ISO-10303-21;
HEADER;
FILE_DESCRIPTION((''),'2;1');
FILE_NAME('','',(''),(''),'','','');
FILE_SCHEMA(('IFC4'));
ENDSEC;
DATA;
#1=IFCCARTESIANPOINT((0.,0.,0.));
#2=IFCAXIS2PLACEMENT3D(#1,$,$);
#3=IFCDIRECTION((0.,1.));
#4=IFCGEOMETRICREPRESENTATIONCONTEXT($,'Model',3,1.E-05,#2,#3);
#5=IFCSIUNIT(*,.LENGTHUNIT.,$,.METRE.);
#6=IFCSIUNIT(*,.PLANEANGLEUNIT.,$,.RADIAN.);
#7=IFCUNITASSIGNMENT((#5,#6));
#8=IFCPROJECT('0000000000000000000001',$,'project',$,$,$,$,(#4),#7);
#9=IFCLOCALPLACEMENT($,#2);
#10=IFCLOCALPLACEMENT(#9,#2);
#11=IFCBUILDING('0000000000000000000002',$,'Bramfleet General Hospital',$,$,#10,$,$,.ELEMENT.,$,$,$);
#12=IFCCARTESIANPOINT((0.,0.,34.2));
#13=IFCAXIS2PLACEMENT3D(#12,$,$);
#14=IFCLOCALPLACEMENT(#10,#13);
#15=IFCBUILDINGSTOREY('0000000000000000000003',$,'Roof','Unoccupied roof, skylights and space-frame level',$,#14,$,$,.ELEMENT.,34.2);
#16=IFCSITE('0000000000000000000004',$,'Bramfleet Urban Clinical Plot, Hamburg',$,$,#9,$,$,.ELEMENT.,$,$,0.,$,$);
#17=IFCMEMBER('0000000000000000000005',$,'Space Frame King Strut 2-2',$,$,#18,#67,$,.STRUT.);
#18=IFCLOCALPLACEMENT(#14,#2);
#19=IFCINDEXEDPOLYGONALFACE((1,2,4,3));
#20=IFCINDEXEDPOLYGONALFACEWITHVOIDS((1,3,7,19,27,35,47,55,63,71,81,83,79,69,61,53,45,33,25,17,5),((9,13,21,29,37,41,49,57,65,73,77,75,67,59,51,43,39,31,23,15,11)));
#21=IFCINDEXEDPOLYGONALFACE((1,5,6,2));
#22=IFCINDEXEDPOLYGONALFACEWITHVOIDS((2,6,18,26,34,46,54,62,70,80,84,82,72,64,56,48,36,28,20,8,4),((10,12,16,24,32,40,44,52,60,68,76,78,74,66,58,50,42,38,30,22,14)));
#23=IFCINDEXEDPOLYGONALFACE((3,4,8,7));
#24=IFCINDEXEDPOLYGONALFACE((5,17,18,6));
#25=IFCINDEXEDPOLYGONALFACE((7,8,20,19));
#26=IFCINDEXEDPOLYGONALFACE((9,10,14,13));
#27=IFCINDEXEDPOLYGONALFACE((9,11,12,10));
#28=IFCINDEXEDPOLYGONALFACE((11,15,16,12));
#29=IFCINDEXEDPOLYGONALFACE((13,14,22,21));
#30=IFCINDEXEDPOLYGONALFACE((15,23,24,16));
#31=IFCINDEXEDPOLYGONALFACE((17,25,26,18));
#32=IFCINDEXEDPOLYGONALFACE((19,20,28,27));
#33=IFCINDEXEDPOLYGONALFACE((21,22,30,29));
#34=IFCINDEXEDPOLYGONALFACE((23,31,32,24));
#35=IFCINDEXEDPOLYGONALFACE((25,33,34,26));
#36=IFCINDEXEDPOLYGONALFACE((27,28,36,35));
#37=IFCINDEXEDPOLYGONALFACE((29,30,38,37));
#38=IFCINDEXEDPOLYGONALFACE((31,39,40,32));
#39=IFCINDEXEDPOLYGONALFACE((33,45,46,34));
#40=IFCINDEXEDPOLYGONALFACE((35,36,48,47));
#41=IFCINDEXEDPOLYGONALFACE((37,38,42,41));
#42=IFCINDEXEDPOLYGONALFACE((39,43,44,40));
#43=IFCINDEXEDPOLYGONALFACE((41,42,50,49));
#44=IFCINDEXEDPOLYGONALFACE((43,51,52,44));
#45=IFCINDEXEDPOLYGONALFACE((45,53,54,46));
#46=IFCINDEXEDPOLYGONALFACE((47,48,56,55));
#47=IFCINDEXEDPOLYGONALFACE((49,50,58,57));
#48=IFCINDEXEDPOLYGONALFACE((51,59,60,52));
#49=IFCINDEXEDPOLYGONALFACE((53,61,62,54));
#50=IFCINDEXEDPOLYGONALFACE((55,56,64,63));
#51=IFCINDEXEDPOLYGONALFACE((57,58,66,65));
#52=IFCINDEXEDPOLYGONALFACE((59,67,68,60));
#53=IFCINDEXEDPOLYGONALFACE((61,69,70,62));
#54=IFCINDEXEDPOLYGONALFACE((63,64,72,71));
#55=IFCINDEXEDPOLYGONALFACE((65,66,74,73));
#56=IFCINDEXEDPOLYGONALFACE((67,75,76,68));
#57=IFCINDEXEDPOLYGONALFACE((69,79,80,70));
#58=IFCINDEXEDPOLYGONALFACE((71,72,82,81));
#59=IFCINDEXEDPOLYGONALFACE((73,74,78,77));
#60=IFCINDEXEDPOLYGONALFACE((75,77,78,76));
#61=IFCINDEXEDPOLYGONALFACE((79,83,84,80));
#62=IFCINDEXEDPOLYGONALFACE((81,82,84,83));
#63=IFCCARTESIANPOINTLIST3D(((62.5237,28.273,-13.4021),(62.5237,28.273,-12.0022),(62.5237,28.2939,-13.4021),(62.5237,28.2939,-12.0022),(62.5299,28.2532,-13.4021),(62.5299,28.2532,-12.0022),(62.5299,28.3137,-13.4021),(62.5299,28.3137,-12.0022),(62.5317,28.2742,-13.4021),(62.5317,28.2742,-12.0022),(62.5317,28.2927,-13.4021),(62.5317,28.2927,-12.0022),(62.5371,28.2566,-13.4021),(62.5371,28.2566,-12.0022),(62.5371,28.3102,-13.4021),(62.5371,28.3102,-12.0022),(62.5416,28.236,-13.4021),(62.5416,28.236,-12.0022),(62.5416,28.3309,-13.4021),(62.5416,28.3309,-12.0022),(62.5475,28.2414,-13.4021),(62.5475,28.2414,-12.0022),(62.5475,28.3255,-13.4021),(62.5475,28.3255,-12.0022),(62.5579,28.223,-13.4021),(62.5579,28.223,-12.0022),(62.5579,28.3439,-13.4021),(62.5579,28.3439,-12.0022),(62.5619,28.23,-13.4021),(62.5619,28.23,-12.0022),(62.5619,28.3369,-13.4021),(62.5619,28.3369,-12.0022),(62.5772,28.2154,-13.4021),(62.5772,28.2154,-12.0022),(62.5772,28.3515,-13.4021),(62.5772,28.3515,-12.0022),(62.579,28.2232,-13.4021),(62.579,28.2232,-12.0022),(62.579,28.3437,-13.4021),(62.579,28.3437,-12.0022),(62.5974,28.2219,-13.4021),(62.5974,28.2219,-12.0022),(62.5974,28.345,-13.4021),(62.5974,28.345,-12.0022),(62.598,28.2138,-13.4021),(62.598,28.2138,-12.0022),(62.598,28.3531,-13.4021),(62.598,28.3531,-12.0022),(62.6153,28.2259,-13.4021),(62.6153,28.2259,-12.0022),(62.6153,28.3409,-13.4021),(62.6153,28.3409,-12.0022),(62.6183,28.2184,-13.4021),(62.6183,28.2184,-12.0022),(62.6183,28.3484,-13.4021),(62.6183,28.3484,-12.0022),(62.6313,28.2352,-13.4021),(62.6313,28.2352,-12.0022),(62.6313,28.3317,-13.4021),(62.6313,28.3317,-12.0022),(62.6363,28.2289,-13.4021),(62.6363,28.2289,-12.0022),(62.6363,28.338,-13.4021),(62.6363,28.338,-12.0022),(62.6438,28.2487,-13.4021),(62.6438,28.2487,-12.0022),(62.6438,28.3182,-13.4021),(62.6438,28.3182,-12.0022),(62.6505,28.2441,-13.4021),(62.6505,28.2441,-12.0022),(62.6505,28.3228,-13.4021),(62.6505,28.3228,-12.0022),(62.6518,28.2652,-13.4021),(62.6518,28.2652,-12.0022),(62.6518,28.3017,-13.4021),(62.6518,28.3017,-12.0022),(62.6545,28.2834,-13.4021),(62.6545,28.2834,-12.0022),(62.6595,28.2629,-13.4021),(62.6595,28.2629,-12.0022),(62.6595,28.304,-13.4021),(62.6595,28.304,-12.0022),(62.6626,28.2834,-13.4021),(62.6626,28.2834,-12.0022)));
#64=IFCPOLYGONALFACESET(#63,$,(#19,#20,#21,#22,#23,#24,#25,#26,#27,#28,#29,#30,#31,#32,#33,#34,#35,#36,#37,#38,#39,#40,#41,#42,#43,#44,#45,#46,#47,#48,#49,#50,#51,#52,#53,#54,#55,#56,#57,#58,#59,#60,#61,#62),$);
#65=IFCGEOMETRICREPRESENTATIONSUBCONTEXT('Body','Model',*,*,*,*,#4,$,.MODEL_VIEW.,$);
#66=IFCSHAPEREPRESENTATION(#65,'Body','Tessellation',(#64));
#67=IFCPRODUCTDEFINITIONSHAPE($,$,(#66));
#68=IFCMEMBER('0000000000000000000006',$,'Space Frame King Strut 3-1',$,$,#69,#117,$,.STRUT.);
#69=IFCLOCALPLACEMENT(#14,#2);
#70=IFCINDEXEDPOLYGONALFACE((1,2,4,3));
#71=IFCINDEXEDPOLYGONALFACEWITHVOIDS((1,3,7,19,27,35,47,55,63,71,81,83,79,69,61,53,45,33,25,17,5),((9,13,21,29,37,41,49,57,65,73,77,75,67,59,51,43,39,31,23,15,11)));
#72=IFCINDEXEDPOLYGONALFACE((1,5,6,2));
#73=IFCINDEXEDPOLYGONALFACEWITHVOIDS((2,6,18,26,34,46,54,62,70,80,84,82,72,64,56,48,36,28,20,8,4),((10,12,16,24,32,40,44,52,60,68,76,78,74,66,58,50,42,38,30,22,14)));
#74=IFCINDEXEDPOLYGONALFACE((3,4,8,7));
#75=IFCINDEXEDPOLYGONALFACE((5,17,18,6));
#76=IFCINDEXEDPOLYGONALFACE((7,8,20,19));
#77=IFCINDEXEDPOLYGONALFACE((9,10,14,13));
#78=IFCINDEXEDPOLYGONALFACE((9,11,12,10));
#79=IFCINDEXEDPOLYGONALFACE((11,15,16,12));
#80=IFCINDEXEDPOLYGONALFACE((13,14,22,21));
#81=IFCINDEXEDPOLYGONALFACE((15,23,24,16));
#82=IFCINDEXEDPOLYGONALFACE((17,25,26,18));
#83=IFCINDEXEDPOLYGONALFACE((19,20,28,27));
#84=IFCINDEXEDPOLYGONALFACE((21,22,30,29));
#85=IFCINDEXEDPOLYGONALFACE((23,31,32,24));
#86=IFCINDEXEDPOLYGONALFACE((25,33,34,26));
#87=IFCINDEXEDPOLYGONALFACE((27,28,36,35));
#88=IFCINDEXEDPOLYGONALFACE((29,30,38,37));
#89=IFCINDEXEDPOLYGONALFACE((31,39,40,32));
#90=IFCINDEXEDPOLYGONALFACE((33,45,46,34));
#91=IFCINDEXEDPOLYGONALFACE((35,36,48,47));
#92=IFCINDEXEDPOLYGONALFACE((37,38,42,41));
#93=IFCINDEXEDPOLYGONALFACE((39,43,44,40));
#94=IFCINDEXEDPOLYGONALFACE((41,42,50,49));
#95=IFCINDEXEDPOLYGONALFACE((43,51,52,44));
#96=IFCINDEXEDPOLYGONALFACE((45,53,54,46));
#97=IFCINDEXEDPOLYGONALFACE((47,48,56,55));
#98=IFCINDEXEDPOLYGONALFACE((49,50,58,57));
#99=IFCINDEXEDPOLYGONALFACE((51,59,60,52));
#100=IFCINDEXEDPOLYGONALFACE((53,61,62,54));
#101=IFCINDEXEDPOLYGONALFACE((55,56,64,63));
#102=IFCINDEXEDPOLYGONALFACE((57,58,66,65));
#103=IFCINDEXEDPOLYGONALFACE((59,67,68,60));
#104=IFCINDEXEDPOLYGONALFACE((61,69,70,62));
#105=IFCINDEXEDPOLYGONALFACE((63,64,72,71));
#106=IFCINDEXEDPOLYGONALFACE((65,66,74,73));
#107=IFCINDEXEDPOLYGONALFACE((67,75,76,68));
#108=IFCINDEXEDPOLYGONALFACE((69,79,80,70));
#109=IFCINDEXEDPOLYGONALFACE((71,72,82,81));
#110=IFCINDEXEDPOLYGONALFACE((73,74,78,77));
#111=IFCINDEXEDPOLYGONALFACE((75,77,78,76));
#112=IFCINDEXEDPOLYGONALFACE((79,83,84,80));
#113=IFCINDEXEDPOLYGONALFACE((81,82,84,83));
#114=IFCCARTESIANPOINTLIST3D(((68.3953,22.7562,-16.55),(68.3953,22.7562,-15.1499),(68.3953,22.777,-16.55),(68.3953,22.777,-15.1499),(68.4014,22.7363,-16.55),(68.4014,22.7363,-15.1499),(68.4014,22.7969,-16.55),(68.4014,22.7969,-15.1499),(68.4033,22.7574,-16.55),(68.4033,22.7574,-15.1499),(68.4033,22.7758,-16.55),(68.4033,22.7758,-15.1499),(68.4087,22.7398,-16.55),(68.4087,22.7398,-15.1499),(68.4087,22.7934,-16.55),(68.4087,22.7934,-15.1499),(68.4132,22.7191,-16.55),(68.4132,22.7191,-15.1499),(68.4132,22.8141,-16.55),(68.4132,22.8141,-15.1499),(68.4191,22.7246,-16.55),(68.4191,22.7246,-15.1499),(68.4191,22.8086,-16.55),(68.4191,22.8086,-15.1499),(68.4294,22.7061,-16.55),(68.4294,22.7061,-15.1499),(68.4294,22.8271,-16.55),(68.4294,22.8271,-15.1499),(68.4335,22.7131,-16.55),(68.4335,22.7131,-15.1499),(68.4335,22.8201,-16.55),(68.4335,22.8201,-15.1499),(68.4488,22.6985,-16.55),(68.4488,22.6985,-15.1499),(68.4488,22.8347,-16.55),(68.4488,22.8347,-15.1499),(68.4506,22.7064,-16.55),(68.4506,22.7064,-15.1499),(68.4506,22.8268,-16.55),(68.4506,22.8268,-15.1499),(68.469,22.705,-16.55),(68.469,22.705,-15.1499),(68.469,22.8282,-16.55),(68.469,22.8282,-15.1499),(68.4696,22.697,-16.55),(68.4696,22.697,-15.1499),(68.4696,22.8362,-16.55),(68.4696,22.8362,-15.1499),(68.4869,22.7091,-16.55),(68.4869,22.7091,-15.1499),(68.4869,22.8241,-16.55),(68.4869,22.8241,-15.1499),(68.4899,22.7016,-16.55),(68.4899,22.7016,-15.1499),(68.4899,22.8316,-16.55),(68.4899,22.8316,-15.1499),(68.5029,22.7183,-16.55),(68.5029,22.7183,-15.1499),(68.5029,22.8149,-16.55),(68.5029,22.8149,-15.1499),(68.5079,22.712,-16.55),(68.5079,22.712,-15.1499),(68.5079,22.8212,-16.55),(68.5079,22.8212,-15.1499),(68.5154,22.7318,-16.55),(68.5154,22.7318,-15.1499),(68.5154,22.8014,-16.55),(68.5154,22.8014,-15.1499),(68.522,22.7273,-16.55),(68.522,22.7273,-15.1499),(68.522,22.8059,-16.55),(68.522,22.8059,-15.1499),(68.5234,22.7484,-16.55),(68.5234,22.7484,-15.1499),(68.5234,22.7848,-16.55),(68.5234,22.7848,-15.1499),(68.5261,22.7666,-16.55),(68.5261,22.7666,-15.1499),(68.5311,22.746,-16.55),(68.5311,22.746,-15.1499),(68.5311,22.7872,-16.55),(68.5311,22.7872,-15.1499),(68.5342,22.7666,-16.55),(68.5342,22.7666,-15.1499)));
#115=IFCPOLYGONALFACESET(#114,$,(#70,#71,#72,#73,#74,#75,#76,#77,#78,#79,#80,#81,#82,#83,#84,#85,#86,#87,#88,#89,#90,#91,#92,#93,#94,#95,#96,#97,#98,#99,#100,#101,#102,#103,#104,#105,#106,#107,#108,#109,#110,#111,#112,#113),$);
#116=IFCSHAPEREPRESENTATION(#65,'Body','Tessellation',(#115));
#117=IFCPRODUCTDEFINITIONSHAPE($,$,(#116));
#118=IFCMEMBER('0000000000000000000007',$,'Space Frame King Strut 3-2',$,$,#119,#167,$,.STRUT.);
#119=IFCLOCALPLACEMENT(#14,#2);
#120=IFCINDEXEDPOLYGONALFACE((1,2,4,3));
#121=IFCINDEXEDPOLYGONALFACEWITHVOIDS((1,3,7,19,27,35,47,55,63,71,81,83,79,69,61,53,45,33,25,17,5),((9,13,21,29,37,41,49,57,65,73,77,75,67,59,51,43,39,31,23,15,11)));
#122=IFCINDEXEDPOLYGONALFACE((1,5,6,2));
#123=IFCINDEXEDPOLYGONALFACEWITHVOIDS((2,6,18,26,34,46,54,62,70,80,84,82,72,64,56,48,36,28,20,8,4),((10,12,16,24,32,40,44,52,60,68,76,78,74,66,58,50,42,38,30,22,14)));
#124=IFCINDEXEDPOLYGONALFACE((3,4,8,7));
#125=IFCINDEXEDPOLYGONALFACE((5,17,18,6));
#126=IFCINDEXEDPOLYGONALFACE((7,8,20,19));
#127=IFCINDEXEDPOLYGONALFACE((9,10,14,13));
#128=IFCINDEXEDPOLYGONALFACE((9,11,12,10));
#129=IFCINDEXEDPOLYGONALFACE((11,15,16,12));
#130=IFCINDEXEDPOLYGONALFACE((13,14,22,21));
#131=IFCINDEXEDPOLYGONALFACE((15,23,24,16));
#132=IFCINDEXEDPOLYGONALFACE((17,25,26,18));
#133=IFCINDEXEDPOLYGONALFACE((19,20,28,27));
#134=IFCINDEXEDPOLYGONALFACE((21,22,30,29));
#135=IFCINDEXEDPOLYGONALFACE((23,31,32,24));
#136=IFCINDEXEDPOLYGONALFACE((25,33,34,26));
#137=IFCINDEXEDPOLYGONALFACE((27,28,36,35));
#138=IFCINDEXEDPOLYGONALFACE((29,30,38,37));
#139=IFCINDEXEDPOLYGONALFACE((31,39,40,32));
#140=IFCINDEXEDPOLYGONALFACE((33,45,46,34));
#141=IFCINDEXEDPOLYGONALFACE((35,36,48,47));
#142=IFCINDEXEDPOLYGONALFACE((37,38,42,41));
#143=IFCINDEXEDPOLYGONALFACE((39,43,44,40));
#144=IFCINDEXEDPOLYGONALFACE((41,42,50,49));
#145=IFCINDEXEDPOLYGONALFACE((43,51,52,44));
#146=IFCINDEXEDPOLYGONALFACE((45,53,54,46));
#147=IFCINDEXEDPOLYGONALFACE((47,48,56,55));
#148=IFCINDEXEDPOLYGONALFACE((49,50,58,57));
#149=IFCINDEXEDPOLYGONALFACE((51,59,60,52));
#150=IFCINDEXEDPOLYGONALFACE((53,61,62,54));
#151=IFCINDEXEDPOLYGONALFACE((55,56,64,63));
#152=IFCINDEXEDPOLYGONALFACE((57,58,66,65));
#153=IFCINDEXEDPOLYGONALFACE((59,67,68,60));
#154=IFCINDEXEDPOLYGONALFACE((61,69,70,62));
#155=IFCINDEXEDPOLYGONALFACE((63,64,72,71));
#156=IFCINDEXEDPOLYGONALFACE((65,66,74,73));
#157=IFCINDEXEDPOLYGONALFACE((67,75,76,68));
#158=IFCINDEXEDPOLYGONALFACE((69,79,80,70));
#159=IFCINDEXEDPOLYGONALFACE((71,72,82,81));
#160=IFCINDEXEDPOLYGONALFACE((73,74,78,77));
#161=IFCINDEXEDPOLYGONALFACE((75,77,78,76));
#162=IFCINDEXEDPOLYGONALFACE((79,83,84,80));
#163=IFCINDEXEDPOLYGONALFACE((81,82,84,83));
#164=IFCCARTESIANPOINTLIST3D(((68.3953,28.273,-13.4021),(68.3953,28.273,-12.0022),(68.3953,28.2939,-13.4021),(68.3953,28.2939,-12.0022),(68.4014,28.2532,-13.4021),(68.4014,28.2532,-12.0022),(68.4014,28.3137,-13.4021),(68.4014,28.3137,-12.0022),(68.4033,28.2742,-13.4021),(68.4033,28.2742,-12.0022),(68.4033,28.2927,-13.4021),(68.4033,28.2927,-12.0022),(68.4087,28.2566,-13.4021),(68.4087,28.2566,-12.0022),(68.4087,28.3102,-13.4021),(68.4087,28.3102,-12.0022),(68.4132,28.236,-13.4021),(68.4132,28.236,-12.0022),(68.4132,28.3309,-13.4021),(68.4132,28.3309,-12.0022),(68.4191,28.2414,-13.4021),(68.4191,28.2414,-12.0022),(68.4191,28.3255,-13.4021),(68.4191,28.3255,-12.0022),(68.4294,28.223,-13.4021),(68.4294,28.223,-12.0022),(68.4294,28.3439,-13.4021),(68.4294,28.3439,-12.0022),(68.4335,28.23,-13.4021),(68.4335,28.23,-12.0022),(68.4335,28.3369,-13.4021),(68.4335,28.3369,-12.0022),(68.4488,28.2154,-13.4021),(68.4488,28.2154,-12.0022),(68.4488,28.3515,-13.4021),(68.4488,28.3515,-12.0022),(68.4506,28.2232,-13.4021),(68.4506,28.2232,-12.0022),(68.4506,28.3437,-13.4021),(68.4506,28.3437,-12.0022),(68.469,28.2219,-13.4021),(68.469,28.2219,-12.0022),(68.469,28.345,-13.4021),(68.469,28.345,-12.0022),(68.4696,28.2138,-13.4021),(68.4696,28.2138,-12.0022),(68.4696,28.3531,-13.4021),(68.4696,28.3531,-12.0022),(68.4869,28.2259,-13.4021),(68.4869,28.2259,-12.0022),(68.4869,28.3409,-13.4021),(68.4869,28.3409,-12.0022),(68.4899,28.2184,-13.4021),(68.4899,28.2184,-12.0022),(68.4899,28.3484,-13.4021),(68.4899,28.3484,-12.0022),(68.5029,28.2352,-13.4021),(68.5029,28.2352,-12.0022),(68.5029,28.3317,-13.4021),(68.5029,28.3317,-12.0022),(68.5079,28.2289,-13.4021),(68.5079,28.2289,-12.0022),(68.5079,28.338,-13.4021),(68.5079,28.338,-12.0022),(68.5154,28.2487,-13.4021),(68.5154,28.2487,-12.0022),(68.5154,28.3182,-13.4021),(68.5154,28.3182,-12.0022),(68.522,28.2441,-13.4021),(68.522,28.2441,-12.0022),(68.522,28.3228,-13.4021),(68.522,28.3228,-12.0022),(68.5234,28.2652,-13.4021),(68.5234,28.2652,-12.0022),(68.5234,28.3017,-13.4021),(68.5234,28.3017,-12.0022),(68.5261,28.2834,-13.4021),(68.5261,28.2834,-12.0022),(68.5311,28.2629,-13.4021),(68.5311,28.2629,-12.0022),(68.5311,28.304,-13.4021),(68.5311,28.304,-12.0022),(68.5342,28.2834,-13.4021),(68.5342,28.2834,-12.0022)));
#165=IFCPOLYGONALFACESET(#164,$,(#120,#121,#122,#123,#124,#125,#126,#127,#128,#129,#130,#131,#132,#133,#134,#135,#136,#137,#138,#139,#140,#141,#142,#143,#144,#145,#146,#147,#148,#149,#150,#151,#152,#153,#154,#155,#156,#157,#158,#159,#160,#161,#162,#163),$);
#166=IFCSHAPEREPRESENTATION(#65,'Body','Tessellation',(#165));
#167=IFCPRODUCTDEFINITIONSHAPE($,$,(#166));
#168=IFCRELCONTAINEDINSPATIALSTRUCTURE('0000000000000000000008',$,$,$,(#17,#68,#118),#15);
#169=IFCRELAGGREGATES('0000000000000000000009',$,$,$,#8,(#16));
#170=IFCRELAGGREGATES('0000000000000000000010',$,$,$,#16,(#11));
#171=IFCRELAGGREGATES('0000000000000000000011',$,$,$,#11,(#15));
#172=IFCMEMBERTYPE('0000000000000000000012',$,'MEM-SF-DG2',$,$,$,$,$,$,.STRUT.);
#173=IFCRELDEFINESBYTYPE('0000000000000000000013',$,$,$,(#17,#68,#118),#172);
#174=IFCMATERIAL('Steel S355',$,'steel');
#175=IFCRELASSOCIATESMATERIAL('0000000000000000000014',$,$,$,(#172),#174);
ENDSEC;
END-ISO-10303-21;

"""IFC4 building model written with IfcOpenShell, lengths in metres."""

from ifc_helpers import new_model, si_unit, direction, frame, origin, origin_2d, place, context, subcontext, project, spatial, hollow_circle, extrude, material, material_profile, profile_set, type_object, element, save


model = new_model("IFC4")

# Units and contexts
model_context = context("Model", 3, precision=1e-05, world=origin(), true_north=direction((0.0, 1.0)))
body_context = subcontext(model_context, "Body", "Model", "MODEL_VIEW")
ifc_project = project(units=[si_unit("LENGTHUNIT", "METRE"), si_unit("PLANEANGLEUNIT", "RADIAN")], contexts=[model_context])

# Site, building, storey
site_placement = place(None, origin())
site = spatial("IfcSite", under=ifc_project, at=site_placement, Name="Bramfleet Urban Clinical Plot, Hamburg", CompositionType="ELEMENT", RefElevation=0.0)
building_placement = place(site_placement, origin())
building = spatial("IfcBuilding", under=site, at=building_placement, Name="Bramfleet General Hospital", CompositionType="ELEMENT")
storey_placement = place(building_placement, frame((0.0, 0.0, 34.2)))
storey = spatial("IfcBuildingStorey", under=building, at=storey_placement, Name="Roof", Description="Unoccupied roof, skylights and space-frame level", CompositionType="ELEMENT", Elevation=34.2)

# Members
ifc_material = material(Name="Steel S355", Category="steel")
ifc_material_profile_1 = material_profile(ifc_material, hollow_circle(Radius=0.0698, WallThickness=0.0081, at=origin_2d()), Name="CHS 139.7x8.0")
ifc_profile_set_1 = profile_set([ifc_material_profile_1], Name="Steel S355")
member_type_1 = type_object("IfcMemberType", Name="MEM-SF-DG2", PredefinedType="STRUT", material=ifc_profile_set_1)
member_1_placement = place(storey_placement, frame((62.5928, 28.2834, -13.4021), z_axis=(0.0, 0.0, 1.0), x_axis=(1.0, 0.0, 0.0)))
element("IfcMember", 1, at=member_1_placement, inside=storey, type_object=member_type_1, Name="Space Frame King Strut 2-2", PredefinedType="STRUT", context=body_context, shape_type="SweptSolid", body=[
    extrude(hollow_circle(Radius=0.0698, WallThickness=0.0081, at=origin_2d()), origin(), (0.0, 0.0, 1.0), 1.3999),
])
member_2_placement = place(storey_placement, frame((68.4644, 22.7666, -16.55), z_axis=(0.0, 0.0, 1.0), x_axis=(1.0, 0.0, 0.0)))
element("IfcMember", 2, at=member_2_placement, inside=storey, type_object=member_type_1, Name="Space Frame King Strut 3-1", PredefinedType="STRUT", context=body_context, shape_type="SweptSolid", body=[
    extrude(hollow_circle(Radius=0.0698, WallThickness=0.0081, at=origin_2d()), origin(), (0.0, 0.0, 1.0), 1.4001),
])
member_3_placement = place(storey_placement, frame((68.4644, 28.2834, -13.4021), z_axis=(0.0, 0.0, 1.0), x_axis=(1.0, 0.0, 0.0)))
element("IfcMember", 3, at=member_3_placement, inside=storey, type_object=member_type_1, Name="Space Frame King Strut 3-2", PredefinedType="STRUT", context=body_context, shape_type="SweptSolid", body=[
    extrude(hollow_circle(Radius=0.0698, WallThickness=0.0081, at=origin_2d()), origin(), (0.0, 0.0, 1.0), 1.3999),
])

save(model, "model.ifc")
